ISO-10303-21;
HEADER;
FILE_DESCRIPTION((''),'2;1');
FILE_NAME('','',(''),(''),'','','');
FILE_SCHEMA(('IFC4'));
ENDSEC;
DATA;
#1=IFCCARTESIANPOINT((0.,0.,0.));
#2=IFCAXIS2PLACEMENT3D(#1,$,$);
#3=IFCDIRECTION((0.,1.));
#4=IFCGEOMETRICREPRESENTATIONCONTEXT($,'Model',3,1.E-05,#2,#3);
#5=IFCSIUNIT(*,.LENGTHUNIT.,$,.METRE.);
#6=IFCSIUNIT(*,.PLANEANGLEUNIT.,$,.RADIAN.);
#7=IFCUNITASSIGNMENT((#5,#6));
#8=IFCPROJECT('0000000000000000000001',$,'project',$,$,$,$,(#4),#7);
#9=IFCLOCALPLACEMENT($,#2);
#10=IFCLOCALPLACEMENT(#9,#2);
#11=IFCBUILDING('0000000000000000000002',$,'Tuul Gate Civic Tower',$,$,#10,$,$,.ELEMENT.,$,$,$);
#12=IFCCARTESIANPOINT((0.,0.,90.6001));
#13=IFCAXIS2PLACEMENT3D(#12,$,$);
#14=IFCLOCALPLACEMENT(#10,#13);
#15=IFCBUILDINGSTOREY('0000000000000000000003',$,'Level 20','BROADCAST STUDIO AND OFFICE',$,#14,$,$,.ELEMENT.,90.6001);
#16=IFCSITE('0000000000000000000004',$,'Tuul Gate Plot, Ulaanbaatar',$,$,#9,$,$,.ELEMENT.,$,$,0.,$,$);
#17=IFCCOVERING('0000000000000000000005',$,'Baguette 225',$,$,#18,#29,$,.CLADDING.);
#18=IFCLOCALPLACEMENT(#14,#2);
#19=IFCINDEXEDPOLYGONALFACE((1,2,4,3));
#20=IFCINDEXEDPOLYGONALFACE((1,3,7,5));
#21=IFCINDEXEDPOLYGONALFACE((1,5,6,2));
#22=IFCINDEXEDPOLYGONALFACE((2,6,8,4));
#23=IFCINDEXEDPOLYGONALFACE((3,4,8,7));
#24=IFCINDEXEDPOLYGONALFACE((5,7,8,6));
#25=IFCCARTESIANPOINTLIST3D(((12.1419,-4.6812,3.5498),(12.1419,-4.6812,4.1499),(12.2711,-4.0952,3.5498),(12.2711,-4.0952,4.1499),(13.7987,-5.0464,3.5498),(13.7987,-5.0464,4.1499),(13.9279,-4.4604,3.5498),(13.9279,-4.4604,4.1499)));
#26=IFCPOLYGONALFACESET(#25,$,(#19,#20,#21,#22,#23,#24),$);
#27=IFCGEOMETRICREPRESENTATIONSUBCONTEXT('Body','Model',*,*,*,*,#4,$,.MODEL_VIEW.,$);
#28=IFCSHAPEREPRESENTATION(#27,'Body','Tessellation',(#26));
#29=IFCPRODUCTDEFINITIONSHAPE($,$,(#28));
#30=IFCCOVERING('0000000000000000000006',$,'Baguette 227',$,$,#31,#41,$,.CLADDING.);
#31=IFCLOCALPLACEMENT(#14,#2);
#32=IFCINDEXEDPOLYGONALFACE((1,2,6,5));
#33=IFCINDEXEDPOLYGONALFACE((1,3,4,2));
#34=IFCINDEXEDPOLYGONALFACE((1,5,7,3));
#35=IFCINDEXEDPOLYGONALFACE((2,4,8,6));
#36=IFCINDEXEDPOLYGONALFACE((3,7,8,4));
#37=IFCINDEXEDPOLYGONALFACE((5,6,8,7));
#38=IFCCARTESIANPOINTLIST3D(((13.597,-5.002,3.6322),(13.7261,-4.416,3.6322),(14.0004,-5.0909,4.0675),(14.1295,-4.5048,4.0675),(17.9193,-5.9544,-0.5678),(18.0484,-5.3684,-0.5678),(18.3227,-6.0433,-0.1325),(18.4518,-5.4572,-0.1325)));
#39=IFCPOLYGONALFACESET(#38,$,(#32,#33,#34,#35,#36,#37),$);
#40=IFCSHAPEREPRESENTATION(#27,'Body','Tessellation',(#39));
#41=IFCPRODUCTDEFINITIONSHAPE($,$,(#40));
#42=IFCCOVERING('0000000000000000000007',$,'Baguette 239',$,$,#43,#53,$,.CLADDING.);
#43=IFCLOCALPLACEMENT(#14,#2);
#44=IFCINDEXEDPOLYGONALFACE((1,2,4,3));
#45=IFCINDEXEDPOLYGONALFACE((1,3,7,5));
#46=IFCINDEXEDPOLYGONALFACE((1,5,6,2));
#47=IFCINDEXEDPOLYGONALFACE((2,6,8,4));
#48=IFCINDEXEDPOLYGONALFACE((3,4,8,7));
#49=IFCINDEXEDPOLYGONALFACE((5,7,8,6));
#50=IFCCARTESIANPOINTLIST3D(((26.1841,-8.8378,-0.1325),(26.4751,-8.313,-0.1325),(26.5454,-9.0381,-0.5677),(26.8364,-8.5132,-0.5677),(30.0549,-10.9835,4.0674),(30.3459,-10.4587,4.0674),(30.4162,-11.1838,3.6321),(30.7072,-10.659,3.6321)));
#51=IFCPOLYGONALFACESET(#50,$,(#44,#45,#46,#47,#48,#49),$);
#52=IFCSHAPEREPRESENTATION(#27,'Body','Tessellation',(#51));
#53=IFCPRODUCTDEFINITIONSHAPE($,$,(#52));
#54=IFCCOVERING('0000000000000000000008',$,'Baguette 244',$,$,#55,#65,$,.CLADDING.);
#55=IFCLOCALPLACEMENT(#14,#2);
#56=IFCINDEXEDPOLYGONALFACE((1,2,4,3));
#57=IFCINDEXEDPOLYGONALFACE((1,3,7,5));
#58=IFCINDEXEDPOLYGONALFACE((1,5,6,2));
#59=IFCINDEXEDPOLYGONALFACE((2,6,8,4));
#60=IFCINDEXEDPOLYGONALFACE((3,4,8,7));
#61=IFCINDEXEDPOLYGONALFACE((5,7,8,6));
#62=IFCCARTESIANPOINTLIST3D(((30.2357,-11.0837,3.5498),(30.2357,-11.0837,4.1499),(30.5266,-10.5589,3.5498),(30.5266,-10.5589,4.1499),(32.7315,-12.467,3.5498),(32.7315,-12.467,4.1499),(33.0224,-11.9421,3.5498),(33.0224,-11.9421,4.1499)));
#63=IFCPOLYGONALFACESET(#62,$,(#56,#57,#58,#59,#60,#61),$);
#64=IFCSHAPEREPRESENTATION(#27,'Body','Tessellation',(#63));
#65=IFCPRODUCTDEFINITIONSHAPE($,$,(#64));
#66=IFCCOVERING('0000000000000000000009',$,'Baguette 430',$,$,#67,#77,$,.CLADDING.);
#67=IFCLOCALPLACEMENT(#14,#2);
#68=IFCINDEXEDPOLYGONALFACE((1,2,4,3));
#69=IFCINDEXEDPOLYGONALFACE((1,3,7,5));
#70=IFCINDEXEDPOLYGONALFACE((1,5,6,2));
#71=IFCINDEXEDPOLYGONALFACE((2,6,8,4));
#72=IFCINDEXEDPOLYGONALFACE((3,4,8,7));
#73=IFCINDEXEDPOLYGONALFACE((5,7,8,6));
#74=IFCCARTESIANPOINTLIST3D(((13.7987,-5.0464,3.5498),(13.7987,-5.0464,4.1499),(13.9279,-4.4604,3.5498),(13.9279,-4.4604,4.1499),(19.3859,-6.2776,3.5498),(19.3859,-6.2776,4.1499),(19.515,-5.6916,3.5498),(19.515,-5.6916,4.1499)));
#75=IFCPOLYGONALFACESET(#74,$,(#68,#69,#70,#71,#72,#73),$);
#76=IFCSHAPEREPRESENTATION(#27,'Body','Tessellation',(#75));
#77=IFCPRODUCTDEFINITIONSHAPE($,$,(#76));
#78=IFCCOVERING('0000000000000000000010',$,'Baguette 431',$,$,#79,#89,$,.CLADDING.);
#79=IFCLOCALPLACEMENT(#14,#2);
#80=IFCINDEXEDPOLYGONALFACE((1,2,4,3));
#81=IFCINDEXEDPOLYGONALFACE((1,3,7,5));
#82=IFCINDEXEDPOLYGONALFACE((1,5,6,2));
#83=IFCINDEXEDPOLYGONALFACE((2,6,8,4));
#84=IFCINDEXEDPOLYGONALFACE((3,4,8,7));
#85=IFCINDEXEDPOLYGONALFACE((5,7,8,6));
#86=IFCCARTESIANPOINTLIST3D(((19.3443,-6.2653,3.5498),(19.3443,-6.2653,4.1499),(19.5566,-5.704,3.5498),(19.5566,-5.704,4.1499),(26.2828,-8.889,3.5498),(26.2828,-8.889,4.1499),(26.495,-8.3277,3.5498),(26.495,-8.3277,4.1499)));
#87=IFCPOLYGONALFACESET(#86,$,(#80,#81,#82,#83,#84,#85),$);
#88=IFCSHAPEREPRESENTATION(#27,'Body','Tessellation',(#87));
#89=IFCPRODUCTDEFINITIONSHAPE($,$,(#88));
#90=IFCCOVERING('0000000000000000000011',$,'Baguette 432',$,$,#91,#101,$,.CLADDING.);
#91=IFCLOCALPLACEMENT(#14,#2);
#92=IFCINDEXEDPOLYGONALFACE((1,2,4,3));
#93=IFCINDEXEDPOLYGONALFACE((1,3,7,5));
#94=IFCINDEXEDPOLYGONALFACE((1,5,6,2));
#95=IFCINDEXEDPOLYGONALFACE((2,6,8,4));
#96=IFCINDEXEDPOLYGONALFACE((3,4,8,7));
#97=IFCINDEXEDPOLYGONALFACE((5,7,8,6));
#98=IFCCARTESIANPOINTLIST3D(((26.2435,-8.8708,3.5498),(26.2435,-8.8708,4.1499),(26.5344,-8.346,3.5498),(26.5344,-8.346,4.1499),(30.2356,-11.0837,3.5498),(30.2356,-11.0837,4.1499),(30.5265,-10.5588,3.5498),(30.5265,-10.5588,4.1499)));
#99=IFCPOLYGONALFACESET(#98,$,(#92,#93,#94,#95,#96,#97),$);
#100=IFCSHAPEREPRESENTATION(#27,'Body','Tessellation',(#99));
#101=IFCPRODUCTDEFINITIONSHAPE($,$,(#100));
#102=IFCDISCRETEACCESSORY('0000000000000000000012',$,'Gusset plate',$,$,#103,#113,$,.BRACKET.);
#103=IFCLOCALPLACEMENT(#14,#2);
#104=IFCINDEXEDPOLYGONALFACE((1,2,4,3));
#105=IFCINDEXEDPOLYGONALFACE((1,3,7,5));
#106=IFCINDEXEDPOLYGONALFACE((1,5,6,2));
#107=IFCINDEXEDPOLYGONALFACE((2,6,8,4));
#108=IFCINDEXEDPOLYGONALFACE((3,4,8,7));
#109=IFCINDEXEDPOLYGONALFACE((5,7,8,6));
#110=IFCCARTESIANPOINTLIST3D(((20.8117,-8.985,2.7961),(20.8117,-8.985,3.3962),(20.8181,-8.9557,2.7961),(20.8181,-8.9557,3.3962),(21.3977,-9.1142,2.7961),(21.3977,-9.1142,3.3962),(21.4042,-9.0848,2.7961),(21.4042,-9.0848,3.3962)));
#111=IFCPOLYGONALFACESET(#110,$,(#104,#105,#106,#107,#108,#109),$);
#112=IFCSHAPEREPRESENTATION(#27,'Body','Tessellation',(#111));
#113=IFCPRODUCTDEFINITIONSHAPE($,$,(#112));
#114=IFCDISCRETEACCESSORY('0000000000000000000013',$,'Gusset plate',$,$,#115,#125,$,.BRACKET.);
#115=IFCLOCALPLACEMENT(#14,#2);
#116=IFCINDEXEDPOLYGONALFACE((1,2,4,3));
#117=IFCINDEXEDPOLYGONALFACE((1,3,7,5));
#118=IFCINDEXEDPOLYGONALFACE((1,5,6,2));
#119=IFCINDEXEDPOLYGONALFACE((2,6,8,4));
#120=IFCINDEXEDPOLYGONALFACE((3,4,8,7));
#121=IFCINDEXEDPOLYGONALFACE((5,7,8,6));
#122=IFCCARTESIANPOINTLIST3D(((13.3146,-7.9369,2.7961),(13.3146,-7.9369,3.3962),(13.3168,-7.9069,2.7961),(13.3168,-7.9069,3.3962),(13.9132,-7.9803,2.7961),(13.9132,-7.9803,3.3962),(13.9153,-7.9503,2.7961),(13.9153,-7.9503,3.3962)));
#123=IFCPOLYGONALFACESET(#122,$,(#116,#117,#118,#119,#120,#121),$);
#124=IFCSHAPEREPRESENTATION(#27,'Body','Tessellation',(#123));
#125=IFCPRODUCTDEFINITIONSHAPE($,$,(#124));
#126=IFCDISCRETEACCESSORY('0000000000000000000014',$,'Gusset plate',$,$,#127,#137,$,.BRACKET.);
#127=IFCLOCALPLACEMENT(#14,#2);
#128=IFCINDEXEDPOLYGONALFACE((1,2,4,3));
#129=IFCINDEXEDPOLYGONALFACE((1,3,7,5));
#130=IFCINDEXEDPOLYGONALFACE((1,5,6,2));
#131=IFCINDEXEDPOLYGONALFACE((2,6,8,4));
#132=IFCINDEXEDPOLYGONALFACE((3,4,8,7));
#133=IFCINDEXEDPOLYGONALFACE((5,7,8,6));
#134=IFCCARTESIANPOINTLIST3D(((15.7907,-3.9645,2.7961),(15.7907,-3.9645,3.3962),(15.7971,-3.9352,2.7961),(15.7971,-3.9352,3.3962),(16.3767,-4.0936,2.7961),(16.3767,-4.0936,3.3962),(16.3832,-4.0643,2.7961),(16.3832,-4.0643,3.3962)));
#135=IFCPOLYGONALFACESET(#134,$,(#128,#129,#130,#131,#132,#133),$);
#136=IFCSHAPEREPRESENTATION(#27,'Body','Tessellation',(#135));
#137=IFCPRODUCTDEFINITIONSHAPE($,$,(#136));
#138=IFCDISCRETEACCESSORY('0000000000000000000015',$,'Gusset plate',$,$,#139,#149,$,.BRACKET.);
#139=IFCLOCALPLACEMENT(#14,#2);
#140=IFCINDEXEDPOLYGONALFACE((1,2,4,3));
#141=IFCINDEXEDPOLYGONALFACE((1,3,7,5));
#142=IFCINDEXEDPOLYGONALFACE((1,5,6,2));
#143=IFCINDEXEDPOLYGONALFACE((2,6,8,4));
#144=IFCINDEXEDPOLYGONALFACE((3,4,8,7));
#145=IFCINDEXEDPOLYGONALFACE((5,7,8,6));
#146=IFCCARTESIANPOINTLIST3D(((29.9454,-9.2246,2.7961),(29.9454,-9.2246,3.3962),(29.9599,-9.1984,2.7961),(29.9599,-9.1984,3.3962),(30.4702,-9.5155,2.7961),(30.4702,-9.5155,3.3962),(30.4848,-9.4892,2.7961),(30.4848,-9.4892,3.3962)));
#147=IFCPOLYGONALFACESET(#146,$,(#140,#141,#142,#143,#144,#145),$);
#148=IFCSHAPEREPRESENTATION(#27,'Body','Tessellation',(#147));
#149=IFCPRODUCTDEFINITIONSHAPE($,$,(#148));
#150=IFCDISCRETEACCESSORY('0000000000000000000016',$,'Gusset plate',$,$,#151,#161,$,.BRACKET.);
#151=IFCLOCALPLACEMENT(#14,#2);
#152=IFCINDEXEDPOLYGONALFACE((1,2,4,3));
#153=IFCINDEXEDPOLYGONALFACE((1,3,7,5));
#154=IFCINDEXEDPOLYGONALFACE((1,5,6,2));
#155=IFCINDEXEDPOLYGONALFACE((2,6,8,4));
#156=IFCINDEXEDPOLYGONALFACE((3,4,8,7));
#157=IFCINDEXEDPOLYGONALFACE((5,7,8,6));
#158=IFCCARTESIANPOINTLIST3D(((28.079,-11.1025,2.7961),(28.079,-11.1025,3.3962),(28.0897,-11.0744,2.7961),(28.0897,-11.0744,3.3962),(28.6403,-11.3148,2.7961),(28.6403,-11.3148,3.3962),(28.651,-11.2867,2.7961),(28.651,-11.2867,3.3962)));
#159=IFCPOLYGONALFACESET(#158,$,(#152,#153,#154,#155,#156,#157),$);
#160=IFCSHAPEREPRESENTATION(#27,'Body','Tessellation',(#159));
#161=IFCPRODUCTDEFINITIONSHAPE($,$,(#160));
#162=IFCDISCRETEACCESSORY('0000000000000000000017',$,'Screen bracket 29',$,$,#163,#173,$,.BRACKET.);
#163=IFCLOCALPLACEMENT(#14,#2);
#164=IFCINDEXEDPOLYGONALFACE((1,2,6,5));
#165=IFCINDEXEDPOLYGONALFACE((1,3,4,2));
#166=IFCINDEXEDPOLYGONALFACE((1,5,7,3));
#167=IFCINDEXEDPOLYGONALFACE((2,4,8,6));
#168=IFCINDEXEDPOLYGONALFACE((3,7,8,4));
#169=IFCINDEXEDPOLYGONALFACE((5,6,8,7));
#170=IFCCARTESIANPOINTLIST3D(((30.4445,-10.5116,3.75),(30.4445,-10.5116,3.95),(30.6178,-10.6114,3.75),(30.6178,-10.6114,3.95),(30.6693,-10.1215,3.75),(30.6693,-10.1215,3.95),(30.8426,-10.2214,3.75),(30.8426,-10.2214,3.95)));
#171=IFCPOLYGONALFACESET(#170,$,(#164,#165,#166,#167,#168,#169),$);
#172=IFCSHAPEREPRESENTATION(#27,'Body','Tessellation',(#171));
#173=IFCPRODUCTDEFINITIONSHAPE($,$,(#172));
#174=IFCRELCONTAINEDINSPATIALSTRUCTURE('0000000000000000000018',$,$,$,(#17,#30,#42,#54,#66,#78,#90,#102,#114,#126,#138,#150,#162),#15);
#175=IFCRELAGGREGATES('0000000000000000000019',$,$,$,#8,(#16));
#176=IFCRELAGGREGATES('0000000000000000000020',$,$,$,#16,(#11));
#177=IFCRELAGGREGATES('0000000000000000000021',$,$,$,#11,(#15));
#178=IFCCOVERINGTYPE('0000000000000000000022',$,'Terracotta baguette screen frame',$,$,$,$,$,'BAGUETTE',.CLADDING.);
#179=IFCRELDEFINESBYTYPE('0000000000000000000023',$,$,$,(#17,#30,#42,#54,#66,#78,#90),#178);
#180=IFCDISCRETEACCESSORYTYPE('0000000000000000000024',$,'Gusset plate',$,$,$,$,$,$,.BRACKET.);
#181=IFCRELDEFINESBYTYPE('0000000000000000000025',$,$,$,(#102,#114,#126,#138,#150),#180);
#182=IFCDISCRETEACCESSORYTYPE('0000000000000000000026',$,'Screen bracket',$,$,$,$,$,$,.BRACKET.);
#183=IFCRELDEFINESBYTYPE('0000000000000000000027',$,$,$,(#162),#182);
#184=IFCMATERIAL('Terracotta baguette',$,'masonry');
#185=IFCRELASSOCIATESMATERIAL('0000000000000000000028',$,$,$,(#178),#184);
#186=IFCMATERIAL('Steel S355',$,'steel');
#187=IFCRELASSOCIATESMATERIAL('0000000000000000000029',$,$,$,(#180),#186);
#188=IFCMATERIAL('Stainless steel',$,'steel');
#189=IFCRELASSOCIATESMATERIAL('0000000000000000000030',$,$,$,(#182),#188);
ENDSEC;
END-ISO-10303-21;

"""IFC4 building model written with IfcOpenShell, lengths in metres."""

from ifc_helpers import new_model, si_unit, direction, frame, origin, origin_2d, place, context, subcontext, project, spatial, rectangle, extrude, material, material_profile, profile_set, type_object, element, save


model = new_model("IFC4")

# Units and contexts
model_context = context("Model", 3, precision=1e-05, world=origin(), true_north=direction((0.0, 1.0)))
body_context = subcontext(model_context, "Body", "Model", "MODEL_VIEW")
ifc_project = project(units=[si_unit("LENGTHUNIT", "METRE"), si_unit("PLANEANGLEUNIT", "RADIAN")], contexts=[model_context])

# Site, building, storey
site_placement = place(None, origin())
site = spatial("IfcSite", under=ifc_project, at=site_placement, Name="Tuul Gate Plot, Ulaanbaatar", CompositionType="ELEMENT", RefElevation=0.0)
building_placement = place(site_placement, origin())
building = spatial("IfcBuilding", under=site, at=building_placement, Name="Tuul Gate Civic Tower", CompositionType="ELEMENT")
storey_placement = place(building_placement, frame((0.0, 0.0, 90.6001)))
storey = spatial("IfcBuildingStorey", under=building, at=storey_placement, Name="Level 20", Description="BROADCAST STUDIO AND OFFICE", CompositionType="ELEMENT", Elevation=90.6001)

# Coverings
ifc_material_1 = material(Name="Terracotta baguette", Category="masonry")
ifc_material_profile_1 = material_profile(ifc_material_1, rectangle(XDim=0.6001, YDim=0.6001, at=origin_2d()), Name="Terracotta baguette screen frame")
ifc_profile_set_1 = profile_set([ifc_material_profile_1], Name="Terracotta baguette")
covering_type = type_object("IfcCoveringType", Name="Terracotta baguette screen frame", ElementType="BAGUETTE", PredefinedType="CLADDING", material=ifc_profile_set_1)
covering_1_placement = place(storey_placement, frame((12.2065, -4.3882, 3.8499), z_axis=(0.976551, -0.215285, 0.0), x_axis=(0.215285, 0.976551, 0.0)))
element("IfcCovering", 1, at=covering_1_placement, inside=storey, type_object=covering_type, Name="Baguette 225", PredefinedType="CLADDING", context=body_context, shape_type="SweptSolid", body=[
    extrude(rectangle(XDim=0.6001, YDim=0.6001, at=origin_2d()), origin(), (0.0, 0.0, 1.0), 1.6965),
])
covering_2_placement = place(storey_placement, frame((13.8633, -4.7534, 3.8499), z_axis=(0.708391, -0.156091, -0.688344), x_axis=(0.215184, 0.976574, 0.0)))
element("IfcCovering", 2, at=covering_2_placement, inside=storey, type_object=covering_type, Name="Baguette 227", PredefinedType="CLADDING", context=body_context, shape_type="SweptSolid", body=[
    extrude(rectangle(XDim=0.6001, YDim=0.6001, at=origin_2d()), origin(), (0.0, 0.0, 1.0), 6.1016),
])
covering_3_placement = place(storey_placement, frame((26.5103, -8.6755, -0.3501), z_axis=(0.634418, -0.351681, 0.688356), x_axis=(0.484828, 0.87461, 0.0)))
element("IfcCovering", 3, at=covering_3_placement, inside=storey, type_object=covering_type, Name="Baguette 239", PredefinedType="CLADDING", context=body_context, shape_type="SweptSolid", body=[
    extrude(rectangle(XDim=0.6001, YDim=0.6001, at=origin_2d()), origin(), (0.0, 0.0, 1.0), 6.1013),
])
covering_4_placement = place(storey_placement, frame((30.3811, -10.8213, 3.8499), z_axis=(0.874645, -0.484764, 0.0), x_axis=(0.484764, 0.874645, 0.0)))
element("IfcCovering", 4, at=covering_4_placement, inside=storey, type_object=covering_type, Name="Baguette 244", PredefinedType="CLADDING", context=body_context, shape_type="SweptSolid", body=[
    extrude(rectangle(XDim=0.6001, YDim=0.6001, at=origin_2d()), origin(), (0.0, 0.0, 1.0), 2.8535),
])
covering_5_placement = place(storey_placement, frame((13.8633, -4.7534, 3.8499), z_axis=(0.97657, -0.2152, 0.0), x_axis=(0.2152, 0.97657, 0.0)))
element("IfcCovering", 5, at=covering_5_placement, inside=storey, type_object=covering_type, Name="Baguette 430", PredefinedType="CLADDING", context=body_context, shape_type="SweptSolid", body=[
    extrude(rectangle(XDim=0.6001, YDim=0.6001, at=origin_2d()), origin(), (0.0, 0.0, 1.0), 5.7212),
])
covering_6_placement = place(storey_placement, frame((19.4504, -5.9846, 3.8499), z_axis=(0.935357, -0.353705, 0.0), x_axis=(0.353705, 0.935357, 0.0)))
element("IfcCovering", 6, at=covering_6_placement, inside=storey, type_object=covering_type, Name="Baguette 431", PredefinedType="CLADDING", context=body_context, shape_type="SweptSolid", body=[
    extrude(rectangle(XDim=0.6001, YDim=0.6001, at=origin_2d()), origin(), (0.0, 0.0, 1.0), 7.418),
])
covering_7_placement = place(storey_placement, frame((26.3889, -8.6084, 3.8499), z_axis=(0.874621, -0.484807, 0.0), x_axis=(0.484807, 0.874621, 0.0)))
element("IfcCovering", 7, at=covering_7_placement, inside=storey, type_object=covering_type, Name="Baguette 432", PredefinedType="CLADDING", context=body_context, shape_type="SweptSolid", body=[
    extrude(rectangle(XDim=0.6001, YDim=0.6001, at=origin_2d()), origin(), (0.0, 0.0, 1.0), 4.5645),
])

# Discrete accessories
ifc_material_2 = material(Name="Steel S355", Category="steel")
discrete_accessory_type_1 = type_object("IfcDiscreteAccessoryType", Name="Gusset plate", PredefinedType="BRACKET", material=ifc_material_2)
for number, where, z_axis, x_axis, name in (
    (8, (21.1079, -9.0349, 2.7961), (0.0, 0.0, 1.0), (-0.976564, 0.215229, 0.0), "Gusset plate"),
    (9, (13.615, -7.9436, 2.7961), (0.0, 0.0, 1.0), (-0.997382, 0.072314, 0.0), "Gusset plate"),
    (10, (16.0869, -4.0144, 2.7961), (0.0, 0.0, 1.0), (-0.976591, 0.215103, 0.0), "Gusset plate"),
    (11, (30.2151, -9.3569, 2.7961), (0.0, 0.0, 1.0), (-0.874654, 0.484748, 0.0), "Gusset plate"),
    (12, (28.365, -11.1946, 2.7961), (0.0, 0.0, 1.0), (-0.935351, 0.353721, 0.0), "Gusset plate"),
):
    element("IfcDiscreteAccessory", number, at=place(storey_placement, frame(where, z_axis=z_axis, x_axis=x_axis)), inside=storey, type_object=discrete_accessory_type_1, Name=name, PredefinedType="BRACKET", context=body_context, shape_type="SweptSolid", body=[
        extrude(rectangle(XDim=0.6001, YDim=0.03, at=origin_2d()), origin(), (0.0, 0.0, 1.0), 0.6001),
    ])
ifc_material_3 = material(Name="Stainless steel", Category="steel")
discrete_accessory_type_2 = type_object("IfcDiscreteAccessoryType", Name="Screen bracket", PredefinedType="BRACKET", material=ifc_material_3)
discrete_accessory_placement = place(storey_placement, frame((30.6436, -10.3665, 3.75), z_axis=(0.0, 0.0, 1.0), x_axis=(-0.49937, -0.866389, 0.0)))
element("IfcDiscreteAccessory", 13, at=discrete_accessory_placement, inside=storey, type_object=discrete_accessory_type_2, Name="Screen bracket 29", PredefinedType="BRACKET", context=body_context, shape_type="SweptSolid", body=[
    extrude(rectangle(XDim=0.4502, YDim=0.2, at=origin_2d()), origin(), (0.0, 0.0, 1.0), 0.2),
])

save(model, "model.ifc")
